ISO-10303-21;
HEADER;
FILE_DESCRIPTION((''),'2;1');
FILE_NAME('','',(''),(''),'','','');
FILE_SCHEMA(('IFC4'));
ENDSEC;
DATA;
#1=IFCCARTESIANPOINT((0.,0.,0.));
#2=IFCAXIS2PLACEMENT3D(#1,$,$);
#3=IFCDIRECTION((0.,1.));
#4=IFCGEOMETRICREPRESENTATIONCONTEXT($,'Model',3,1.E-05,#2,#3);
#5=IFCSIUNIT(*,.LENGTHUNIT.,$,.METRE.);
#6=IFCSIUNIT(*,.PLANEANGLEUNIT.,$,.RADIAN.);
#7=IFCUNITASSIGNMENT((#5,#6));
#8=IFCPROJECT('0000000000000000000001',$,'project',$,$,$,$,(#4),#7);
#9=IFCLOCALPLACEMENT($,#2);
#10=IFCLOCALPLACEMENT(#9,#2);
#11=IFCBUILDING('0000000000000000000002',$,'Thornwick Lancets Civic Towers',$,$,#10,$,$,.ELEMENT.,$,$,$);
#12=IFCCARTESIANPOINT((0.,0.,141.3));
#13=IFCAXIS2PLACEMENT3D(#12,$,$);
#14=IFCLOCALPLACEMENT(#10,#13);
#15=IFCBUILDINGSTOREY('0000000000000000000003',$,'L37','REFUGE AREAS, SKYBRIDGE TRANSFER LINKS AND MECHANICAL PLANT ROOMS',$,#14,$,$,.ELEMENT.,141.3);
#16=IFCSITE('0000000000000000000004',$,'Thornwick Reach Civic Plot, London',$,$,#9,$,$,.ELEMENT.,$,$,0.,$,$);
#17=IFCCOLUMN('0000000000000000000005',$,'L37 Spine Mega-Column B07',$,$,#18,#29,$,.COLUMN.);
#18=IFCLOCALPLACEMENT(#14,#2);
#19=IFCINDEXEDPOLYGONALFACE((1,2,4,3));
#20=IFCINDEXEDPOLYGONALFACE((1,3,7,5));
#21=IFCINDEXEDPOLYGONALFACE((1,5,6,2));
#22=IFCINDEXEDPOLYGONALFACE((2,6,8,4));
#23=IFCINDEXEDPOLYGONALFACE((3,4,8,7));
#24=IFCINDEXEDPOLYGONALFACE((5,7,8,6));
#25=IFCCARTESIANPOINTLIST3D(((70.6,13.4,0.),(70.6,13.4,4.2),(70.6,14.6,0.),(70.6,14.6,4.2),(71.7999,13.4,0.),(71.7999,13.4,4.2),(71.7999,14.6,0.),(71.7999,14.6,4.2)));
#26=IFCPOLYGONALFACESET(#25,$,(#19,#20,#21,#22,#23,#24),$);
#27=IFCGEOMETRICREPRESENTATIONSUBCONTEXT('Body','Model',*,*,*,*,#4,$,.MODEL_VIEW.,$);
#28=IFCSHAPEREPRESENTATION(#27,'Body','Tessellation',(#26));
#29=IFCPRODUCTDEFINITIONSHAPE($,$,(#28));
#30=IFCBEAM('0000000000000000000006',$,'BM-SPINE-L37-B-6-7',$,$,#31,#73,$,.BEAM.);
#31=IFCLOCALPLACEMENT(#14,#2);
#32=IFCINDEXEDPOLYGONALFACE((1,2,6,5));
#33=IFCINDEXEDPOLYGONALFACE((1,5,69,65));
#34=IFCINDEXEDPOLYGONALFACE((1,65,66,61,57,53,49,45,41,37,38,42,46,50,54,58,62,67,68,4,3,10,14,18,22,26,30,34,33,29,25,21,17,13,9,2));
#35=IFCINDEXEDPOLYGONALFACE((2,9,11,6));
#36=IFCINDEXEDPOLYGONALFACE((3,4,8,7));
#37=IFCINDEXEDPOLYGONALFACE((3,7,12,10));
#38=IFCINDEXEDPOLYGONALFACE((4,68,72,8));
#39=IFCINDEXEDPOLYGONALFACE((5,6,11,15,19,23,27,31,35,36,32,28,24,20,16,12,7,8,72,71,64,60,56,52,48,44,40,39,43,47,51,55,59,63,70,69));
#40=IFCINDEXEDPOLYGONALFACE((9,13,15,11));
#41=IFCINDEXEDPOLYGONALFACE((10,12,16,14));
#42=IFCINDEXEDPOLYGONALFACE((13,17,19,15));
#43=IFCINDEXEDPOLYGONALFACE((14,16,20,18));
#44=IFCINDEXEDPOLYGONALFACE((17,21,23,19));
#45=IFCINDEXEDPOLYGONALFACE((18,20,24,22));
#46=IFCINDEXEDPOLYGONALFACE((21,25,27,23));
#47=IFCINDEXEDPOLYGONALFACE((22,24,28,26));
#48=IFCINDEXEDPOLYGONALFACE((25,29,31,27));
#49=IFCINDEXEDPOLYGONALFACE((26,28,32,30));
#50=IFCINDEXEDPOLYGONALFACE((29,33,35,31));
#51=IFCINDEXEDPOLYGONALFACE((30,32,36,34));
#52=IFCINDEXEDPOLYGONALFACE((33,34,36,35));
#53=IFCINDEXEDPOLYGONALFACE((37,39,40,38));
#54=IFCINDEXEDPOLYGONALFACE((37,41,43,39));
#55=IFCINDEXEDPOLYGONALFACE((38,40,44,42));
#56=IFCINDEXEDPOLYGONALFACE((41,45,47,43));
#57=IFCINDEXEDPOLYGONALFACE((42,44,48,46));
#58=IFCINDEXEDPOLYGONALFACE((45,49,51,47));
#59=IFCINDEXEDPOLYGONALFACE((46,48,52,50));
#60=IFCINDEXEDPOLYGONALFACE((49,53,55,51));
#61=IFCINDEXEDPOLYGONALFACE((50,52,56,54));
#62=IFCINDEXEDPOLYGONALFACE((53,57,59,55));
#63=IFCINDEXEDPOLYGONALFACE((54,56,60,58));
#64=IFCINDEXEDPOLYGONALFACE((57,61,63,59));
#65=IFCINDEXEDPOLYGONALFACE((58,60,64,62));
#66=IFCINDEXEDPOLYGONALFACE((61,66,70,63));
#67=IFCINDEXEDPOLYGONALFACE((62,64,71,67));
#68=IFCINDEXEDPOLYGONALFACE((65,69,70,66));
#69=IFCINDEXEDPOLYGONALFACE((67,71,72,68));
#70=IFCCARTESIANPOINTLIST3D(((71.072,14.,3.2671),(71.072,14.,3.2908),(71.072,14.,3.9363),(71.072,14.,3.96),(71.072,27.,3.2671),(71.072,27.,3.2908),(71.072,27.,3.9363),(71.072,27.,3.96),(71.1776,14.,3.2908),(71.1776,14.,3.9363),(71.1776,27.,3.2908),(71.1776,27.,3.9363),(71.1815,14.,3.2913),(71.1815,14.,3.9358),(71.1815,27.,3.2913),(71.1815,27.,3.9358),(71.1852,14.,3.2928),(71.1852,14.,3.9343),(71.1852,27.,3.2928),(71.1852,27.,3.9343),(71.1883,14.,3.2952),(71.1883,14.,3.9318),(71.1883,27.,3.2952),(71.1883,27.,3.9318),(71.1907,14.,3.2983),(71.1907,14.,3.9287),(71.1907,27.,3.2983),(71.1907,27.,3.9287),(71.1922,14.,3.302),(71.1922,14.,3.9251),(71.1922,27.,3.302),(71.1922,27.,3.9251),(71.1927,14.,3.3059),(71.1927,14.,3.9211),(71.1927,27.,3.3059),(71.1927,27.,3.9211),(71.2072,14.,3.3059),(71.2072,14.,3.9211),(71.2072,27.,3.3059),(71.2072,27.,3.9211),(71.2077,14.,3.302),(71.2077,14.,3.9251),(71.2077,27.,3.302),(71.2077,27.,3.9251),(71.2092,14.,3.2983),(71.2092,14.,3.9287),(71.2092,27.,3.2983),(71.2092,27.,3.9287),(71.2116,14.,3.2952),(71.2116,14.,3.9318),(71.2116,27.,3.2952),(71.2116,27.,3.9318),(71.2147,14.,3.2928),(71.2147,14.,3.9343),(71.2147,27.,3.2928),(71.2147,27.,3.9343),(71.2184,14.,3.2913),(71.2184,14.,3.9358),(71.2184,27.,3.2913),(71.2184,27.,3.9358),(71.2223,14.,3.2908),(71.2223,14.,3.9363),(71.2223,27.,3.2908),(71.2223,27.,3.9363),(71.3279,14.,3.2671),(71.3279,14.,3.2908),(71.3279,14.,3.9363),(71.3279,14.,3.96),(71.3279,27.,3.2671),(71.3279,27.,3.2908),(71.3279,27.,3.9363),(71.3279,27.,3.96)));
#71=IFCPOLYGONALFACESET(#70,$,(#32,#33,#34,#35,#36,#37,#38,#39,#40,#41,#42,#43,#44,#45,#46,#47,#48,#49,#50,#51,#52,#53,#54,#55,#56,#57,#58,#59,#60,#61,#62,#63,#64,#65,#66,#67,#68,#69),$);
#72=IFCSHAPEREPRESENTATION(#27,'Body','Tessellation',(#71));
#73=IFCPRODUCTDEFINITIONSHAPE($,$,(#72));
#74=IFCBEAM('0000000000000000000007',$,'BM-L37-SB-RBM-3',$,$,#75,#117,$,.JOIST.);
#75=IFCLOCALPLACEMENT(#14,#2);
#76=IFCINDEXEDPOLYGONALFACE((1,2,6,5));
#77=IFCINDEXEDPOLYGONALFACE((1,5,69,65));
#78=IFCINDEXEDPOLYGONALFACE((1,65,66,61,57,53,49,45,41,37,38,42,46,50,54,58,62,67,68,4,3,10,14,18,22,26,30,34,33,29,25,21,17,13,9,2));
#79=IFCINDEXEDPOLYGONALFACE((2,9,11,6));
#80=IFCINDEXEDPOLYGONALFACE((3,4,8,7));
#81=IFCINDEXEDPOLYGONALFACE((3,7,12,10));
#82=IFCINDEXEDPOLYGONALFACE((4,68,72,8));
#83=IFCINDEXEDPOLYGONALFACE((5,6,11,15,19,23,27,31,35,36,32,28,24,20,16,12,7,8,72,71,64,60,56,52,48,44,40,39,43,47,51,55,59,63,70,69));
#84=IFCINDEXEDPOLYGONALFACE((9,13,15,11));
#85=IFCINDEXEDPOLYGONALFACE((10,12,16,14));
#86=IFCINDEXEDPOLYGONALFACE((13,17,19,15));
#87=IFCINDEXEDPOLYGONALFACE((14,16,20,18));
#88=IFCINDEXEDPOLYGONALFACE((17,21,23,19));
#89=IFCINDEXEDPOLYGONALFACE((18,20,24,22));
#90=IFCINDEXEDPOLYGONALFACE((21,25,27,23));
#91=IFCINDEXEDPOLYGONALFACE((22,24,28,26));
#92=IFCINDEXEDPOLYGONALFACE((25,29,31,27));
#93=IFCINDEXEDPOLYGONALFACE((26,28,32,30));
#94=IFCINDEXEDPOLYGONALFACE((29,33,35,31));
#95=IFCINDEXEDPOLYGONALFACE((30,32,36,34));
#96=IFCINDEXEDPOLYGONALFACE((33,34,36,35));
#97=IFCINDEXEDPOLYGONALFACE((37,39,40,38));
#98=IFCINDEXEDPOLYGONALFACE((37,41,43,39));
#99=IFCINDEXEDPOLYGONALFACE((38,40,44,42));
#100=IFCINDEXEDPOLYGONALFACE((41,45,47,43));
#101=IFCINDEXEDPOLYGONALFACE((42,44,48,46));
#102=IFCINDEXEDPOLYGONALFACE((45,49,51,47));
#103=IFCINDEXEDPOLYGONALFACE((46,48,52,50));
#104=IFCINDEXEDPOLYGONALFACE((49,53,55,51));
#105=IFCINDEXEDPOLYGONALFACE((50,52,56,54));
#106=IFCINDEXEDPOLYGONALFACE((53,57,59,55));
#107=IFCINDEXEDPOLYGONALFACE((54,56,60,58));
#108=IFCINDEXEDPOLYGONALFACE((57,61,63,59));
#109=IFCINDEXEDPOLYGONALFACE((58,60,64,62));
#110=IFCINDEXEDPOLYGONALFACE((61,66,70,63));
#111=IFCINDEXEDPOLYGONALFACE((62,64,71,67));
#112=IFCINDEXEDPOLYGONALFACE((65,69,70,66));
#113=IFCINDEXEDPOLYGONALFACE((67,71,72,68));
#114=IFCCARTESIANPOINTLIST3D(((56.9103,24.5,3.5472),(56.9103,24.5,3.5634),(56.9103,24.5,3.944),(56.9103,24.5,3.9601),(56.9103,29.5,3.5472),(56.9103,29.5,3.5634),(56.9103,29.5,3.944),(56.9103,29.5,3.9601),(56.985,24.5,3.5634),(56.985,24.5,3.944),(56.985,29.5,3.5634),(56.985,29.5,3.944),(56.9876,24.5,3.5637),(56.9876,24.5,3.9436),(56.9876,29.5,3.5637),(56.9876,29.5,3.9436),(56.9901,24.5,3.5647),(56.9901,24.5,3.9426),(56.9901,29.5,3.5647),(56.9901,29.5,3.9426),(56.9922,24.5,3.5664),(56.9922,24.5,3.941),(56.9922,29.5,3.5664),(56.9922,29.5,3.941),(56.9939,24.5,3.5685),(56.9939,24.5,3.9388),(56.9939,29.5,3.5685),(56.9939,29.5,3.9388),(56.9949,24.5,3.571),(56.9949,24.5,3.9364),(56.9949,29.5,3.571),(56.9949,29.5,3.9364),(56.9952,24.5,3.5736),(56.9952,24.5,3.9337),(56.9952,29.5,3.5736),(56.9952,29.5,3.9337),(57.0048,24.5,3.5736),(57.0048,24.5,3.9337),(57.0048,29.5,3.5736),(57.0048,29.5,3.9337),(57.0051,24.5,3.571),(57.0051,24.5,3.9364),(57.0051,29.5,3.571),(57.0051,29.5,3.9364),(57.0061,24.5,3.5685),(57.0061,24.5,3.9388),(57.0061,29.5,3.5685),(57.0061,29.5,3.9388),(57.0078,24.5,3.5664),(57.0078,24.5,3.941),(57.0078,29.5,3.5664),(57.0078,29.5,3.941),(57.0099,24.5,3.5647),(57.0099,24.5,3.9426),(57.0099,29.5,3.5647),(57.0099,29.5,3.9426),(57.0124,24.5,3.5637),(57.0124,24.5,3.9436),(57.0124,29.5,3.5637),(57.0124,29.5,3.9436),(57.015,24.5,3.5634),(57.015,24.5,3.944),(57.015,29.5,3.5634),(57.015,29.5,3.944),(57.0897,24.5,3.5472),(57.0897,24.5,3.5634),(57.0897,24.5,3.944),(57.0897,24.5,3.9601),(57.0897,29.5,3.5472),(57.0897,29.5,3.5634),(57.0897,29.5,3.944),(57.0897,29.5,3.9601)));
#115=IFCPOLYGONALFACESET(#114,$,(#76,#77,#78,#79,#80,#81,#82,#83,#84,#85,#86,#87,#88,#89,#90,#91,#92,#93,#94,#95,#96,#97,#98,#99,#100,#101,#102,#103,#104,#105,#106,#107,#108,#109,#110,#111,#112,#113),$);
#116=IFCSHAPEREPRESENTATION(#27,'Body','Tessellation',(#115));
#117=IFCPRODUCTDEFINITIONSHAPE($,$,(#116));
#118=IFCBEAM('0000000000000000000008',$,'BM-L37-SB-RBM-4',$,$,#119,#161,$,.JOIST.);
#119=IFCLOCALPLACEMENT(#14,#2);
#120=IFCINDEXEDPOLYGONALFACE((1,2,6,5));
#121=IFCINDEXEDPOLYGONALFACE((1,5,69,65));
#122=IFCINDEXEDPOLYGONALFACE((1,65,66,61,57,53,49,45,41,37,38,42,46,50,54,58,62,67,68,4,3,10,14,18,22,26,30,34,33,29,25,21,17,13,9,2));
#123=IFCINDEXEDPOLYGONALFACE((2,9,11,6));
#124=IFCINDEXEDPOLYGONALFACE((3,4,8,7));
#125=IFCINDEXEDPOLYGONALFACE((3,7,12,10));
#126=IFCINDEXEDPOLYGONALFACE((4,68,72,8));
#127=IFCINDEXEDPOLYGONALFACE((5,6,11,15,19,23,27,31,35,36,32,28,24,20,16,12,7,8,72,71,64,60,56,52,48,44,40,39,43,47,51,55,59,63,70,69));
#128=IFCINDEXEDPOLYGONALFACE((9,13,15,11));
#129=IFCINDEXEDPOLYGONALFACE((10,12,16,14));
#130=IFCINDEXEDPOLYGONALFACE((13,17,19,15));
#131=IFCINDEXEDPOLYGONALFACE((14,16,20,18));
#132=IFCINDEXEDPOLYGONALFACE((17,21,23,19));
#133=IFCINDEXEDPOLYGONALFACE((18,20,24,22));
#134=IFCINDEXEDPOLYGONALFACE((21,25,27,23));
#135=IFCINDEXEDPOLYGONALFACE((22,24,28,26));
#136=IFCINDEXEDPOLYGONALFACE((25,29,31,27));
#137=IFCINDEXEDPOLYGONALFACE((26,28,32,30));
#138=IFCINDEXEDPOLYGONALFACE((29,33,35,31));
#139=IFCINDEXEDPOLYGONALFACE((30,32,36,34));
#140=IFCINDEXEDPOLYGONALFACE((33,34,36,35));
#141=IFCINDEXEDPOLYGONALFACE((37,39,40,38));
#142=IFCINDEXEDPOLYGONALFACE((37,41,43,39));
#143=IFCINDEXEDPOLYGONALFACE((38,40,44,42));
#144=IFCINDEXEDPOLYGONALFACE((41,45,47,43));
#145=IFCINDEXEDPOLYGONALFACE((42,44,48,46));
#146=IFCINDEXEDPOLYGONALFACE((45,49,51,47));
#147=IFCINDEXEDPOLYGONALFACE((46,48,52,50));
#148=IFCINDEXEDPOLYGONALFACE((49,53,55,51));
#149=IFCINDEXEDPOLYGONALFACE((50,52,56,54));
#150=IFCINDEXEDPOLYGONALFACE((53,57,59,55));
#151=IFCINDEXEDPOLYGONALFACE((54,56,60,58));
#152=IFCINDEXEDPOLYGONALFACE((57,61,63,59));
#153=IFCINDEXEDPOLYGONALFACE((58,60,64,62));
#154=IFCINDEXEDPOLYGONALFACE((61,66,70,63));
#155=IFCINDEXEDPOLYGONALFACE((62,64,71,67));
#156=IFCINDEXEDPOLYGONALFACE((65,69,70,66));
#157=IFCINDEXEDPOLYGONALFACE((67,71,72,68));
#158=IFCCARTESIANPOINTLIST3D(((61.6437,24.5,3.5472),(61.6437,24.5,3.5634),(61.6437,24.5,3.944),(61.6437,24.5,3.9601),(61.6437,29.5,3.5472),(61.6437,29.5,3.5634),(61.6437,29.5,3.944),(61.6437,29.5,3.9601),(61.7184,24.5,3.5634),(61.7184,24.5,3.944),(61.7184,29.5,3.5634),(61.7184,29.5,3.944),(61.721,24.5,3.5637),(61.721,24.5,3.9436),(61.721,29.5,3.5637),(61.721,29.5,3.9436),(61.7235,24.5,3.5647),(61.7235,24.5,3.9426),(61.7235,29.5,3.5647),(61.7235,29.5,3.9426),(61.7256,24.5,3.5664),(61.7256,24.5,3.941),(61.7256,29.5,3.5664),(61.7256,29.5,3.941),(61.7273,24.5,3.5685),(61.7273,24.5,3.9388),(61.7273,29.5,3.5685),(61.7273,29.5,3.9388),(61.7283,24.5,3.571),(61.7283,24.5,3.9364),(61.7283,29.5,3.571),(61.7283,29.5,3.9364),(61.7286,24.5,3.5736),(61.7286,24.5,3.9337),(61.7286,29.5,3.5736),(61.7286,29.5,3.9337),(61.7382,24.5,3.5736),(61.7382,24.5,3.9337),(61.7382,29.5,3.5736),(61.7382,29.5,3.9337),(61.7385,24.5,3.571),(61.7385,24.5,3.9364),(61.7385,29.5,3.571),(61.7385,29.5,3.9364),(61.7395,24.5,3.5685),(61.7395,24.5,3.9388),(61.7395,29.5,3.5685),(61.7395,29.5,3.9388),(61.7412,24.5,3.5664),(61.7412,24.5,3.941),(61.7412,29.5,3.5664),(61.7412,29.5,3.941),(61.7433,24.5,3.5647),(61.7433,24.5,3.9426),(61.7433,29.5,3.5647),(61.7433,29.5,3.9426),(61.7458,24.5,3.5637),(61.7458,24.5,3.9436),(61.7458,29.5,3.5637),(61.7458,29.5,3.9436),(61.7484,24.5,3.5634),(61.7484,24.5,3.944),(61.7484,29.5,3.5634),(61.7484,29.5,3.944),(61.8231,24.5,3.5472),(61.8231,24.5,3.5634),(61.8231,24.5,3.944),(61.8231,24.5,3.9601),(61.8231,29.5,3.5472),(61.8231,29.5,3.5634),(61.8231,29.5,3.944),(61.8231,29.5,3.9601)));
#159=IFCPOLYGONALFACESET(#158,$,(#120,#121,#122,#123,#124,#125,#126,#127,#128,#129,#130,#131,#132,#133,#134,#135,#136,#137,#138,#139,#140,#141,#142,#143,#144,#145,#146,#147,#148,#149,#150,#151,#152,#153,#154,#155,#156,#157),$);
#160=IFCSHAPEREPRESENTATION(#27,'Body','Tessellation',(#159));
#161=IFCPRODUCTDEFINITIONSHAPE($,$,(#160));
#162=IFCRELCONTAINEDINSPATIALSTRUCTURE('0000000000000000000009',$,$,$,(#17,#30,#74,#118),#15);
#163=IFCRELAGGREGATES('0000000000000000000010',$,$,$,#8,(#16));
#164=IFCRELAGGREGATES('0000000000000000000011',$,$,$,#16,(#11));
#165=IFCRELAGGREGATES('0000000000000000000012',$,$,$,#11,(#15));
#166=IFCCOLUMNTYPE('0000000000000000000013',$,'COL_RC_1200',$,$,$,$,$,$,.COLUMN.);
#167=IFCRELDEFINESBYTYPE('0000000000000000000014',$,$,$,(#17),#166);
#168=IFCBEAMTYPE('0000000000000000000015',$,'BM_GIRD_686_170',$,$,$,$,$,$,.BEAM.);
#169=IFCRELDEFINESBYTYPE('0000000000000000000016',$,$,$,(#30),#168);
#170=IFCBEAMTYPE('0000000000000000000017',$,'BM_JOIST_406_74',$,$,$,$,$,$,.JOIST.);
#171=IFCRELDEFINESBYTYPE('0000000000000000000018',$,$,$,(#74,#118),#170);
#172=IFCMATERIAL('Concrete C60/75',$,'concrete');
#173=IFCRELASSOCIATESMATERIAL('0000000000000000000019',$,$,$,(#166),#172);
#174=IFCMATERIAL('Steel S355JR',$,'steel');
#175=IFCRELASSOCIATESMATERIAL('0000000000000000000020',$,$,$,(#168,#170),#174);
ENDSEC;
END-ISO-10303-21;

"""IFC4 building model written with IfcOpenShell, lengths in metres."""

from ifc_helpers import new_model, si_unit, direction, frame, origin, origin_2d, place, context, subcontext, project, spatial, rectangle, i_section, extrude, material, material_profile, profile_set, type_object, element, save


model = new_model("IFC4")

# Units and contexts
model_context = context("Model", 3, precision=1e-05, world=origin(), true_north=direction((0.0, 1.0)))
body_context = subcontext(model_context, "Body", "Model", "MODEL_VIEW")
ifc_project = project(units=[si_unit("LENGTHUNIT", "METRE"), si_unit("PLANEANGLEUNIT", "RADIAN")], contexts=[model_context])

# Site, building, storey
site_placement = place(None, origin())
site = spatial("IfcSite", under=ifc_project, at=site_placement, Name="Thornwick Reach Civic Plot, London", CompositionType="ELEMENT", RefElevation=0.0)
building_placement = place(site_placement, origin())
building = spatial("IfcBuilding", under=site, at=building_placement, Name="Thornwick Lancets Civic Towers", CompositionType="ELEMENT")
storey_placement = place(building_placement, frame((0.0, 0.0, 141.3)))
storey = spatial("IfcBuildingStorey", under=building, at=storey_placement, Name="L37", Description="REFUGE AREAS, SKYBRIDGE TRANSFER LINKS AND MECHANICAL PLANT ROOMS", CompositionType="ELEMENT", Elevation=141.3)

# Column
ifc_material_1 = material(Name="Concrete C60/75", Category="concrete")
ifc_material_profile_1 = material_profile(ifc_material_1, rectangle(XDim=1.2, YDim=1.2, at=origin_2d()), Name="RC 1200x1200")
ifc_profile_set_1 = profile_set([ifc_material_profile_1], Name="Concrete C60/75")
column_type = type_object("IfcColumnType", Name="COL_RC_1200", PredefinedType="COLUMN", material=ifc_profile_set_1)
column_placement = place(storey_placement, frame((71.2, 14.0, 0.0), z_axis=(0.0, 0.0, 1.0), x_axis=(1.0, 0.0, 0.0)))
element("IfcColumn", 1, at=column_placement, inside=storey, type_object=column_type, Name="L37 Spine Mega-Column B07", PredefinedType="COLUMN", context=body_context, shape_type="SweptSolid", body=[
    extrude(rectangle(XDim=1.2, YDim=1.2, at=origin_2d()), origin(), (0.0, 0.0, 1.0), 4.2),
])

# Beams
ifc_material_2 = material(Name="Steel S355JR", Category="steel")
ifc_material_profile_2 = material_profile(ifc_material_2, i_section(OverallWidth=0.2559, OverallDepth=0.6929, WebThickness=0.0144, FlangeThickness=0.0237, FilletRadius=0.0151, at=origin_2d()), Name="UKB 686x254x170")
ifc_profile_set_2 = profile_set([ifc_material_profile_2], Name="Steel S355JR")
beam_type_1 = type_object("IfcBeamType", Name="BM_GIRD_686_170", PredefinedType="BEAM", material=ifc_profile_set_2)
beam_placement = place(storey_placement, frame((71.2, 14.0, 3.6135), z_axis=(0.0, 1.0, 0.0), x_axis=(-1.0, 0.0, 0.0)))
element("IfcBeam", 2, at=beam_placement, inside=storey, type_object=beam_type_1, Name="BM-SPINE-L37-B-6-7", PredefinedType="BEAM", context=body_context, shape_type="SweptSolid", body=[
    extrude(i_section(OverallWidth=0.2559, OverallDepth=0.6929, WebThickness=0.0144, FlangeThickness=0.0237, FilletRadius=0.0151, at=origin_2d()), origin(), (0.0, 0.0, 1.0), 13.0),
])
ifc_material_profile_3 = material_profile(ifc_material_2, i_section(OverallWidth=0.1794, OverallDepth=0.4128, WebThickness=0.0095, FlangeThickness=0.0161, FilletRadius=0.0103, at=origin_2d()), Name="UKB 406x178x74")
ifc_profile_set_3 = profile_set([ifc_material_profile_3], Name="Steel S355JR")
beam_type_2 = type_object("IfcBeamType", Name="BM_JOIST_406_74", PredefinedType="JOIST", material=ifc_profile_set_3)
for number, where, z_axis, x_axis, name in (
    (3, (57.0, 24.5, 3.7537), (0.0, 1.0, 0.0), (-1.0, 0.0, 0.0), "BM-L37-SB-RBM-3"),
    (4, (61.7334, 24.5, 3.7537), (0.0, 1.0, 0.0), (-1.0, 0.0, 0.0), "BM-L37-SB-RBM-4"),
):
    element("IfcBeam", number, at=place(storey_placement, frame(where, z_axis=z_axis, x_axis=x_axis)), inside=storey, type_object=beam_type_2, Name=name, PredefinedType="JOIST", context=body_context, shape_type="SweptSolid", body=[
        extrude(i_section(OverallWidth=0.1794, OverallDepth=0.4128, WebThickness=0.0095, FlangeThickness=0.0161, FilletRadius=0.0103, at=origin_2d()), origin(), (0.0, 0.0, 1.0), 5.0),
    ])

save(model, "model.ifc")
